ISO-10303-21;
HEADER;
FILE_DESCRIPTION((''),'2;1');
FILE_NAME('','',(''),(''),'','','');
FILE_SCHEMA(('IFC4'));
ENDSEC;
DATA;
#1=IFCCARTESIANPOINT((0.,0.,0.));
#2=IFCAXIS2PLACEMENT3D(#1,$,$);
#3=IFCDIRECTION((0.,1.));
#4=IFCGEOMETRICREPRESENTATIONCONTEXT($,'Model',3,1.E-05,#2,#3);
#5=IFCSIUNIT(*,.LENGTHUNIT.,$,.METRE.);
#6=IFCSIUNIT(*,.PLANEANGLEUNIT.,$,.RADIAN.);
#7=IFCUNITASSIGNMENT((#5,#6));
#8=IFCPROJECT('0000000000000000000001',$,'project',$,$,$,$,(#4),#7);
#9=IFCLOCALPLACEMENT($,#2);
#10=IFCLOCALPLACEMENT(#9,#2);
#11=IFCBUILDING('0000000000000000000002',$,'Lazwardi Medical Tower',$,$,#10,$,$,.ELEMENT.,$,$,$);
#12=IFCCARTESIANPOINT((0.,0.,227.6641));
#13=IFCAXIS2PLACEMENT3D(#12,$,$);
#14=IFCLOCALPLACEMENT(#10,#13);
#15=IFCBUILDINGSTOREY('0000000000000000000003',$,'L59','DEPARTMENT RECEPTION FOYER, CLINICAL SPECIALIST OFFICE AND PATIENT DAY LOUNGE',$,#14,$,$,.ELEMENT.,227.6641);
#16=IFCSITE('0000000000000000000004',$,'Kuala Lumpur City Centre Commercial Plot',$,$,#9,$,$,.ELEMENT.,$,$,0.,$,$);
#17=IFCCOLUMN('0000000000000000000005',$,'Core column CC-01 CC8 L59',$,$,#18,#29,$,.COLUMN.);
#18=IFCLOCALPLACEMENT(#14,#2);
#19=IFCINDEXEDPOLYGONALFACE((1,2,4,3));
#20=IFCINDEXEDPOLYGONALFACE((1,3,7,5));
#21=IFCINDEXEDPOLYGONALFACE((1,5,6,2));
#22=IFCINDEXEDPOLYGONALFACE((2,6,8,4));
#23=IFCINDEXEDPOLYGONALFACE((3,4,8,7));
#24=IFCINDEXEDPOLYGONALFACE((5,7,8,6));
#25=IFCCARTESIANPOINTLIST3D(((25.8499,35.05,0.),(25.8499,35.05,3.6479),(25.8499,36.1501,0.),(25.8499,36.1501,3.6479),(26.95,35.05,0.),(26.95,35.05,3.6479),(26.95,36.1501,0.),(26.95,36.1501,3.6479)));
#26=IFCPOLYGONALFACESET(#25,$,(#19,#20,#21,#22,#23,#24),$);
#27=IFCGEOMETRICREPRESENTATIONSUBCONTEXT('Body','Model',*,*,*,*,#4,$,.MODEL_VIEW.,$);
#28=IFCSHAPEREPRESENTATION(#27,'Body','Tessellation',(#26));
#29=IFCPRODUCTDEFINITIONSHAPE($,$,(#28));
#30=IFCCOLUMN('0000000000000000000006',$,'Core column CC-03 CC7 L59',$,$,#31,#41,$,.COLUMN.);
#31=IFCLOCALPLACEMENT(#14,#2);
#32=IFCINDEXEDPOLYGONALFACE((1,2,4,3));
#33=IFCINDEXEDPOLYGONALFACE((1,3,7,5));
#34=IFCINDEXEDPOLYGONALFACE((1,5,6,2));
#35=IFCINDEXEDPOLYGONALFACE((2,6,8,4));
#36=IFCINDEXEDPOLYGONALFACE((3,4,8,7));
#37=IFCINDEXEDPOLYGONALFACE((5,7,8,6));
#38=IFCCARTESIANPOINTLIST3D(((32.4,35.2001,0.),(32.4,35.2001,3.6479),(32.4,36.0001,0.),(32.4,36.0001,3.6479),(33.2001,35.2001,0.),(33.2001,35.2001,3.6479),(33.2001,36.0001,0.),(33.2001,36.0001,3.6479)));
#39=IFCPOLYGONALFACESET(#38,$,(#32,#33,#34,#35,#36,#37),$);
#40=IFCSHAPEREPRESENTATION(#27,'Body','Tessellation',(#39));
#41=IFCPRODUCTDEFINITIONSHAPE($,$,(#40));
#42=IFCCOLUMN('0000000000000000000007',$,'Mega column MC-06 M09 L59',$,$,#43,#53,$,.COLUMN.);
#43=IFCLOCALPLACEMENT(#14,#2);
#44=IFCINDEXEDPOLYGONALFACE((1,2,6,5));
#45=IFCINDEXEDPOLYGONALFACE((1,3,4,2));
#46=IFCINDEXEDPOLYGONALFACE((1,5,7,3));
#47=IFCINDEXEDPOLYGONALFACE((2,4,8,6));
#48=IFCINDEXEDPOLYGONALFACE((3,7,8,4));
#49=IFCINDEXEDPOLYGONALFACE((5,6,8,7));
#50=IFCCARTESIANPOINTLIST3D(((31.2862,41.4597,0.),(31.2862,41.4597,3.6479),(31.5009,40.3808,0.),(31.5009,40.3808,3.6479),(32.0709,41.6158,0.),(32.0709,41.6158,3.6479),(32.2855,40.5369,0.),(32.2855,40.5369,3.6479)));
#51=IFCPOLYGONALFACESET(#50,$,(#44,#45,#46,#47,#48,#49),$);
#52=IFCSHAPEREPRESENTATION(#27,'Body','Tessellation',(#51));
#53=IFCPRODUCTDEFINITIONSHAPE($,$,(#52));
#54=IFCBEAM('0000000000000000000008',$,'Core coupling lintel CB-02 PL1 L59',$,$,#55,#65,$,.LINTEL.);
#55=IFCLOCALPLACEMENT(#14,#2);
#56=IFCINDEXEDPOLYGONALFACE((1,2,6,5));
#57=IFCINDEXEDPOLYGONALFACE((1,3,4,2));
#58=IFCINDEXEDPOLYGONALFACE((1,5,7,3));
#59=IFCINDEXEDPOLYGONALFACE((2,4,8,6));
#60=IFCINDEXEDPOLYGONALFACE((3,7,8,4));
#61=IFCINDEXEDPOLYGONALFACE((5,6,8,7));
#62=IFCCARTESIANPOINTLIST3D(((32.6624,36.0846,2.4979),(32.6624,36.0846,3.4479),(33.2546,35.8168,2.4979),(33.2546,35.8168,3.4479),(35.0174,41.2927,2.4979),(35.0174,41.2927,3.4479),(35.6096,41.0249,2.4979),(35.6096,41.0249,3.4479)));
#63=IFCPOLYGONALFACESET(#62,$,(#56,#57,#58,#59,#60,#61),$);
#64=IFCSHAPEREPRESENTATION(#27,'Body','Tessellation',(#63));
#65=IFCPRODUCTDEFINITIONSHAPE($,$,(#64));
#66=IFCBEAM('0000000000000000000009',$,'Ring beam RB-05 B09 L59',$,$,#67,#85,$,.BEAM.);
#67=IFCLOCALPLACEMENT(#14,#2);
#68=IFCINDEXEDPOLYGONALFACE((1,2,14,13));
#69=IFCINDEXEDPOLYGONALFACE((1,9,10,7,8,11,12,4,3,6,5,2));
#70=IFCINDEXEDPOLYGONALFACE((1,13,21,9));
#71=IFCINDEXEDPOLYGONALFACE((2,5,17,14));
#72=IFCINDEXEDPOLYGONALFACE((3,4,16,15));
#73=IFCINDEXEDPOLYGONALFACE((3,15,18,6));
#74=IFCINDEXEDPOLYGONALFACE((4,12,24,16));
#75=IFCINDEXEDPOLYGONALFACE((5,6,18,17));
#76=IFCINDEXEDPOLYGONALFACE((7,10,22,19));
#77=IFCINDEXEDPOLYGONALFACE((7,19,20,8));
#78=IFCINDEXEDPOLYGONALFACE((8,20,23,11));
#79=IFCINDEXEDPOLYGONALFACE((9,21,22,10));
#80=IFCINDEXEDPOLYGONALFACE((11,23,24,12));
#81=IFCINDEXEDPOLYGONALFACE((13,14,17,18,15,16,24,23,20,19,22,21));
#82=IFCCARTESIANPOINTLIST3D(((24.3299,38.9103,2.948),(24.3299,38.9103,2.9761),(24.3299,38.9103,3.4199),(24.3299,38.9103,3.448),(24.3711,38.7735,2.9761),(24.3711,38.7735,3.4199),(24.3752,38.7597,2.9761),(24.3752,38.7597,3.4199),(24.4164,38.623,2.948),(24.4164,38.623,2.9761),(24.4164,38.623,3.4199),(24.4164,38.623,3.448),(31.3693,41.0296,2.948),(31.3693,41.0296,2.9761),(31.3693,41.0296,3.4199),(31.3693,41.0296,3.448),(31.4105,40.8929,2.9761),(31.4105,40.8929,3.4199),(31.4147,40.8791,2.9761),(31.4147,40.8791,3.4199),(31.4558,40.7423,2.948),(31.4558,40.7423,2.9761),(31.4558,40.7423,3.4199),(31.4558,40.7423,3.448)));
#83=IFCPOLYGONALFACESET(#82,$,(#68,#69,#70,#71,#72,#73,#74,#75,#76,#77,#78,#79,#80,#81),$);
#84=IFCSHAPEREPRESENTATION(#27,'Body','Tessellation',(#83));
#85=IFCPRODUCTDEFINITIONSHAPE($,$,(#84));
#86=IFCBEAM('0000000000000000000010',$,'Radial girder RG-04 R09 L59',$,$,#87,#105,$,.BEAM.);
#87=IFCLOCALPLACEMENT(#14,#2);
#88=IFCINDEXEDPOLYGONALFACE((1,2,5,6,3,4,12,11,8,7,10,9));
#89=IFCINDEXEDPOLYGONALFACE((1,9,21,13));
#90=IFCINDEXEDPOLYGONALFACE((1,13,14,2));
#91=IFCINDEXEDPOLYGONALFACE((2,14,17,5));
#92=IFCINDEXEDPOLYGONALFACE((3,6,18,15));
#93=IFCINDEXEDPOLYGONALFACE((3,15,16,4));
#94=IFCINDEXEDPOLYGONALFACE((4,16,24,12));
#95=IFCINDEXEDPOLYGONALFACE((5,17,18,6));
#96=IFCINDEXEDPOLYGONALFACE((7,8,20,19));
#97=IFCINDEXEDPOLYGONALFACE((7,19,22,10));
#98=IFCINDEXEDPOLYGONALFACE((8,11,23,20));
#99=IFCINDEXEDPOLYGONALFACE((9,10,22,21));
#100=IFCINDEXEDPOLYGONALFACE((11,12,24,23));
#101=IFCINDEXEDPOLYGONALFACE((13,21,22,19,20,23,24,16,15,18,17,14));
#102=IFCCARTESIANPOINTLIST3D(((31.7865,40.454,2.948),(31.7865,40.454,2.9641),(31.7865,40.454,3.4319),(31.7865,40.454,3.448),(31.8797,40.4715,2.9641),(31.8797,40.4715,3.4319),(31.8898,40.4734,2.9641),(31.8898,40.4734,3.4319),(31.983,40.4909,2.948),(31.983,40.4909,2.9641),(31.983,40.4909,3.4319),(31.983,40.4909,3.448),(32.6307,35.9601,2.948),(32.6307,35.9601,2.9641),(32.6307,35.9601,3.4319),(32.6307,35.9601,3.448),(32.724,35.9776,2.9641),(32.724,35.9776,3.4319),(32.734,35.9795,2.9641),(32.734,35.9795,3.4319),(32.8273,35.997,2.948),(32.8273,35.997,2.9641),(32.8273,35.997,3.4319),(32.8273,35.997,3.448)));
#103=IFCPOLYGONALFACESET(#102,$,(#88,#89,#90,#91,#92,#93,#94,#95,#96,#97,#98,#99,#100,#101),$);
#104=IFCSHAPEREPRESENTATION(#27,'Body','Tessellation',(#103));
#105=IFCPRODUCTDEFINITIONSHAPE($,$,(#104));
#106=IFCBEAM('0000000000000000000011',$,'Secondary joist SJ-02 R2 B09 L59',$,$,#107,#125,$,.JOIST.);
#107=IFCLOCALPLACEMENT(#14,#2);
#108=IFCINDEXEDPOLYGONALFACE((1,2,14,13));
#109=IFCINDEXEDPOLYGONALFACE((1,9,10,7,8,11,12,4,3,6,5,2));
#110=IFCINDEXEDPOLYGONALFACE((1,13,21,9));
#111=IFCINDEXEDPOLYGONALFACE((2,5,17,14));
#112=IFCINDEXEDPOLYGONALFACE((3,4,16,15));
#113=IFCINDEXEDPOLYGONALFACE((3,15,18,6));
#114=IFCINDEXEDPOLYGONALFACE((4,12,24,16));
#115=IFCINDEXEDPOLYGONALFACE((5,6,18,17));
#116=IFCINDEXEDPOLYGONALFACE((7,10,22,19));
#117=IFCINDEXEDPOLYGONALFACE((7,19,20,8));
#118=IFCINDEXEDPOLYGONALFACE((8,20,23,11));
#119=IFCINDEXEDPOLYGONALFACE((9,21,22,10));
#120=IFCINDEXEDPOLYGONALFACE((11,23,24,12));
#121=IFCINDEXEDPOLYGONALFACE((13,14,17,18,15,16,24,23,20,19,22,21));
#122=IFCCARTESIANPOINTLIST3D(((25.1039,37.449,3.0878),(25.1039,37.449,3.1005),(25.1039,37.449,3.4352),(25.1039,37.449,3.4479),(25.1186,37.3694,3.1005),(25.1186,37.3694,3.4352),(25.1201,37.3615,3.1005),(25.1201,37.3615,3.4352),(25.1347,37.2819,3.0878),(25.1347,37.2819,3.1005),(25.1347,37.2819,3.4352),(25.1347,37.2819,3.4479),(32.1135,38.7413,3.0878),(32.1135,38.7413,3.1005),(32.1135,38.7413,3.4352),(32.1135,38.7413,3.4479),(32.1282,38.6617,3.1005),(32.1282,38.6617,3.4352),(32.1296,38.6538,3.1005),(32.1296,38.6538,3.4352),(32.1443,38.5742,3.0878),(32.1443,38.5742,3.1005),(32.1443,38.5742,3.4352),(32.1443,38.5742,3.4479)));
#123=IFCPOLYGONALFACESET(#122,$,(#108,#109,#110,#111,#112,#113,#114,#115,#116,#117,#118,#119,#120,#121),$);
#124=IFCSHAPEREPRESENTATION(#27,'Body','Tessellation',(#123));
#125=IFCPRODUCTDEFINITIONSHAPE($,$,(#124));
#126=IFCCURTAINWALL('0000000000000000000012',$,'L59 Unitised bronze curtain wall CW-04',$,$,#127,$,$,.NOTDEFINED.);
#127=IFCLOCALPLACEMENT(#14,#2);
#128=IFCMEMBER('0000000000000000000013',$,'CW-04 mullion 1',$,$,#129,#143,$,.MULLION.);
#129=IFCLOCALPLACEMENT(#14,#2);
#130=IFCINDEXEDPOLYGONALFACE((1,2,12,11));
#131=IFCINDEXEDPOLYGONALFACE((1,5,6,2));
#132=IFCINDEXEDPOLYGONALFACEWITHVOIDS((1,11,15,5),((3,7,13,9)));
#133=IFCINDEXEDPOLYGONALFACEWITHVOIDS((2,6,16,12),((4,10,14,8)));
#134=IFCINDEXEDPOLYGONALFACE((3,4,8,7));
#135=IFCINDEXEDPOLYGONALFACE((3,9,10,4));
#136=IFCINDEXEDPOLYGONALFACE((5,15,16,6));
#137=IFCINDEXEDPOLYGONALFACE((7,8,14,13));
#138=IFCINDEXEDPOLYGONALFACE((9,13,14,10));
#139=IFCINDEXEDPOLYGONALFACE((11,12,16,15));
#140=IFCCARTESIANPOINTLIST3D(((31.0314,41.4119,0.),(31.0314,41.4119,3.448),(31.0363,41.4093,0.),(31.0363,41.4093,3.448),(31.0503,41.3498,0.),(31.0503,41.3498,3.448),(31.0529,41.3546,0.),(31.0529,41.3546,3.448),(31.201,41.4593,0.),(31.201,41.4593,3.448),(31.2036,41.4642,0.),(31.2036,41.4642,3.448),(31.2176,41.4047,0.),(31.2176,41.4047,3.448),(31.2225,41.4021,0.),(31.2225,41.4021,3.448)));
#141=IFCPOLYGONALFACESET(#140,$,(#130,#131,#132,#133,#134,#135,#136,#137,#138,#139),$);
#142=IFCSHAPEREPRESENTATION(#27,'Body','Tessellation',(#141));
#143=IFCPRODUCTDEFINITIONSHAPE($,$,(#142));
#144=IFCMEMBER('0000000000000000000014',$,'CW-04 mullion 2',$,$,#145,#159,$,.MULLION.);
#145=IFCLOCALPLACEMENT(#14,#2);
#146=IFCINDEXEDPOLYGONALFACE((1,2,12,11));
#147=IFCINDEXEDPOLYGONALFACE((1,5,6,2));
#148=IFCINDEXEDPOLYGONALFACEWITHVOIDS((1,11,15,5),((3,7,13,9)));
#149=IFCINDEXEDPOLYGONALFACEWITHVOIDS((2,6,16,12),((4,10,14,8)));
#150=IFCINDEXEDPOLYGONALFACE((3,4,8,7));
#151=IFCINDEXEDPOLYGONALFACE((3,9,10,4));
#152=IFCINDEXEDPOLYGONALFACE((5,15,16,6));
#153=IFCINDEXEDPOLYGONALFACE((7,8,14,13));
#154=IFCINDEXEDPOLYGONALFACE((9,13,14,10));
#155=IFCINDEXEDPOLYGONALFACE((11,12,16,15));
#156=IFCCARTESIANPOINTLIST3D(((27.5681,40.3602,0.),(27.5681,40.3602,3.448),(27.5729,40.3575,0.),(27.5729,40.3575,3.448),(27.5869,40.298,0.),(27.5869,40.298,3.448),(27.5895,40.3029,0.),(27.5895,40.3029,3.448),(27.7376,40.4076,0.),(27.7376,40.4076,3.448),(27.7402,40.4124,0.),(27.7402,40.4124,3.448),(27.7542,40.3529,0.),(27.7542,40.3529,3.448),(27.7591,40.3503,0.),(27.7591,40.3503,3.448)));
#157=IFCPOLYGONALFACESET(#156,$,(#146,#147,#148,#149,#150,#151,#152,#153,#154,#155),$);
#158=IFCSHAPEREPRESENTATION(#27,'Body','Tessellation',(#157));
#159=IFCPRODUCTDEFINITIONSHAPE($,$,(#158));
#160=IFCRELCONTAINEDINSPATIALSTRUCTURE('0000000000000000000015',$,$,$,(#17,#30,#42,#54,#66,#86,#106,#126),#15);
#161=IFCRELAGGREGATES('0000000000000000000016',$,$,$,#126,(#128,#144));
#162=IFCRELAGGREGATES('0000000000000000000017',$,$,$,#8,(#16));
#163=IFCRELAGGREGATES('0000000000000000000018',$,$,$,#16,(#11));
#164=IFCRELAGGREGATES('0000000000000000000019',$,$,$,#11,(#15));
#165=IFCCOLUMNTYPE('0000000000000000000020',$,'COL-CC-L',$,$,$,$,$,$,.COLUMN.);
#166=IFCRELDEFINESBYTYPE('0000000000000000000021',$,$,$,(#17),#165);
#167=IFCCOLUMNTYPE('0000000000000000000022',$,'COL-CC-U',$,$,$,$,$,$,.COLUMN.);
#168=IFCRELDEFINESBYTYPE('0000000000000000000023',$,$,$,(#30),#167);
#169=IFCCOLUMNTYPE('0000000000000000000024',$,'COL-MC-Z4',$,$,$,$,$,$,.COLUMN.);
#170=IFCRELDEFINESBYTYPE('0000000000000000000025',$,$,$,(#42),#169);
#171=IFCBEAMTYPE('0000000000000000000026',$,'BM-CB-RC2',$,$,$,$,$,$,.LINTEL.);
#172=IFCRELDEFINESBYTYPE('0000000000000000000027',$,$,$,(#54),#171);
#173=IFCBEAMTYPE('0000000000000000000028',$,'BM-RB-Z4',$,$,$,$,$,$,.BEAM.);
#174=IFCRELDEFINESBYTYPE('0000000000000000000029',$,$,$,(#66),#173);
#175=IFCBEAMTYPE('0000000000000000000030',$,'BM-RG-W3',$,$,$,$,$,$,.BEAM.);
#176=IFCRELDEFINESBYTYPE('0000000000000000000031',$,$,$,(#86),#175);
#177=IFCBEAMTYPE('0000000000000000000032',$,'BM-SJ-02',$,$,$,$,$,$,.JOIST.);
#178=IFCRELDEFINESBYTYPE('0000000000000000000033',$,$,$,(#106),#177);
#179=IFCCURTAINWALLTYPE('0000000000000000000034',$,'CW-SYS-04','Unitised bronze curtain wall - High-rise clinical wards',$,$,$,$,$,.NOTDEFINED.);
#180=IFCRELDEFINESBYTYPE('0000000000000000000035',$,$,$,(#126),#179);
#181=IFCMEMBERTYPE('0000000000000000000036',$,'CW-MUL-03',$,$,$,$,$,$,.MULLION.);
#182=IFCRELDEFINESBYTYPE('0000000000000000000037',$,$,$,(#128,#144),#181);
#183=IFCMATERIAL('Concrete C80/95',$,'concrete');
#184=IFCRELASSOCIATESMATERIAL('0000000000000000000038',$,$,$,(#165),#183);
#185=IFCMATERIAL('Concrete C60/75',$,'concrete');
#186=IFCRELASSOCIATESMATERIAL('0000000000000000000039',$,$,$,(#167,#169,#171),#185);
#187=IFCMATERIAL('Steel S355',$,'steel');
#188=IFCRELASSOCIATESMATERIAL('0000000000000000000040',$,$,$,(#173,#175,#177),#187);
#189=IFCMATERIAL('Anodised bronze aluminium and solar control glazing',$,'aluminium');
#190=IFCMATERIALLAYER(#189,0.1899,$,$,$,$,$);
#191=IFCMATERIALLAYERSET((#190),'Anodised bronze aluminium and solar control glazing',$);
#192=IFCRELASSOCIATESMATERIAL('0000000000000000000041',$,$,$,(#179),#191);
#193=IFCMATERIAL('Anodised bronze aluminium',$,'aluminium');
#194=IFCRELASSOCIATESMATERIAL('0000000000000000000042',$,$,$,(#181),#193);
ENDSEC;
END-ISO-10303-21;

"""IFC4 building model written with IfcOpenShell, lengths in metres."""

from ifc_helpers import new_model, si_unit, direction, frame, origin, origin_2d, place, context, subcontext, project, spatial, rectangle, hollow_rectangle, i_section, extrude, material, layer, layer_set, material_profile, profile_set, type_object, element, aggregate, save


model = new_model("IFC4")

# Units and contexts
model_context = context("Model", 3, precision=1e-05, world=origin(), true_north=direction((0.0, 1.0)))
body_context = subcontext(model_context, "Body", "Model", "MODEL_VIEW")
ifc_project = project(units=[si_unit("LENGTHUNIT", "METRE"), si_unit("PLANEANGLEUNIT", "RADIAN")], contexts=[model_context])

# Site, building, storey
site_placement = place(None, origin())
site = spatial("IfcSite", under=ifc_project, at=site_placement, Name="Kuala Lumpur City Centre Commercial Plot", CompositionType="ELEMENT", RefElevation=0.0)
building_placement = place(site_placement, origin())
building = spatial("IfcBuilding", under=site, at=building_placement, Name="Lazwardi Medical Tower", CompositionType="ELEMENT")
storey_placement = place(building_placement, frame((0.0, 0.0, 227.6641)))
storey = spatial("IfcBuildingStorey", under=building, at=storey_placement, Name="L59", Description="DEPARTMENT RECEPTION FOYER, CLINICAL SPECIALIST OFFICE AND PATIENT DAY LOUNGE", CompositionType="ELEMENT", Elevation=227.6641)

# Columns
ifc_material_1 = material(Name="Concrete C80/95", Category="concrete")
ifc_material_profile_1 = material_profile(ifc_material_1, rectangle(XDim=1.1001, YDim=1.1001, at=origin_2d()), Name="RC 1100x1100")
ifc_profile_set_1 = profile_set([ifc_material_profile_1], Name="Concrete C80/95")
column_type_1 = type_object("IfcColumnType", Name="COL-CC-L", PredefinedType="COLUMN", material=ifc_profile_set_1)
column_1_placement = place(storey_placement, frame((26.3999, 35.6001, 0.0), z_axis=(0.0, 0.0, 1.0), x_axis=(1.0, 0.0, 0.0)))
element("IfcColumn", 1, at=column_1_placement, inside=storey, type_object=column_type_1, Name="Core column CC-01 CC8 L59", PredefinedType="COLUMN", context=body_context, shape_type="SweptSolid", body=[
    extrude(rectangle(XDim=1.1001, YDim=1.1001, at=origin_2d()), origin(), (0.0, 0.0, 1.0), 3.6479),
])
ifc_material_2 = material(Name="Concrete C60/75", Category="concrete")
ifc_material_profile_2 = material_profile(ifc_material_2, rectangle(XDim=0.8, YDim=0.8, at=origin_2d()), Name="RC 800x800")
ifc_profile_set_2 = profile_set([ifc_material_profile_2], Name="Concrete C60/75")
column_type_2 = type_object("IfcColumnType", Name="COL-CC-U", PredefinedType="COLUMN", material=ifc_profile_set_2)
column_2_placement = place(storey_placement, frame((32.8, 35.6001, 0.0), z_axis=(0.0, 0.0, 1.0), x_axis=(1.0, 0.0, 0.0)))
element("IfcColumn", 2, at=column_2_placement, inside=storey, type_object=column_type_2, Name="Core column CC-03 CC7 L59", PredefinedType="COLUMN", context=body_context, shape_type="SweptSolid", body=[
    extrude(rectangle(XDim=0.8, YDim=0.8, at=origin_2d()), origin(), (0.0, 0.0, 1.0), 3.6479),
])
ifc_material_profile_3 = material_profile(ifc_material_2, rectangle(XDim=1.1001, YDim=0.8, at=origin_2d()), Name="CFT-RECT 1100x800")
ifc_profile_set_3 = profile_set([ifc_material_profile_3], Name="Concrete C60/75")
column_type_3 = type_object("IfcColumnType", Name="COL-MC-Z4", PredefinedType="COLUMN", material=ifc_profile_set_3)
column_3_placement = place(storey_placement, frame((31.7859, 40.9983, 0.0), z_axis=(0.0, 0.0, 1.0), x_axis=(-0.19509, 0.980785, 0.0)))
element("IfcColumn", 3, at=column_3_placement, inside=storey, type_object=column_type_3, Name="Mega column MC-06 M09 L59", PredefinedType="COLUMN", context=body_context, shape_type="SweptSolid", body=[
    extrude(rectangle(XDim=1.1001, YDim=0.8, at=origin_2d()), origin(), (0.0, 0.0, 1.0), 3.6479),
])

# Beams
ifc_material_profile_4 = material_profile(ifc_material_2, rectangle(XDim=0.6499, YDim=0.95, at=origin_2d()), Name="RC 650x950")
ifc_profile_set_4 = profile_set([ifc_material_profile_4], Name="Concrete C60/75")
beam_type_1 = type_object("IfcBeamType", Name="BM-CB-RC2", PredefinedType="LINTEL", material=ifc_profile_set_4)
beam_1_placement = place(storey_placement, frame((32.9585, 35.9507, 2.9729), z_axis=(0.412019, 0.911175, 0.0), x_axis=(-0.911175, 0.412019, 0.0)))
element("IfcBeam", 4, at=beam_1_placement, inside=storey, type_object=beam_type_1, Name="Core coupling lintel CB-02 PL1 L59", PredefinedType="LINTEL", context=body_context, shape_type="SweptSolid", body=[
    extrude(rectangle(XDim=0.6499, YDim=0.95, at=origin_2d()), origin(), (0.0, 0.0, 1.0), 5.7158),
])
ifc_material_3 = material(Name="Steel S355", Category="steel")
ifc_material_profile_5 = material_profile(ifc_material_3, i_section(OverallWidth=0.3, OverallDepth=0.5, WebThickness=0.0144, FlangeThickness=0.0281, at=origin_2d()), Name="HEB 500")
ifc_profile_set_5 = profile_set([ifc_material_profile_5], Name="Steel S355")
beam_type_2 = type_object("IfcBeamType", Name="BM-RB-Z4", PredefinedType="BEAM", material=ifc_profile_set_5)
beam_2_placement = place(storey_placement, frame((31.4126, 40.886, 3.198), z_axis=(-0.957544, -0.288286, 0.0), x_axis=(0.288286, -0.957544, 0.0)))
element("IfcBeam", 5, at=beam_2_placement, inside=storey, type_object=beam_type_2, Name="Ring beam RB-05 B09 L59", PredefinedType="BEAM", context=body_context, shape_type="SweptSolid", body=[
    extrude(i_section(OverallWidth=0.3, OverallDepth=0.5, WebThickness=0.0144, FlangeThickness=0.0281, at=origin_2d()), origin(), (0.0, 0.0, 1.0), 7.3516),
])
ifc_material_profile_6 = material_profile(ifc_material_3, i_section(OverallWidth=0.2, OverallDepth=0.5, WebThickness=0.0103, FlangeThickness=0.0161, at=origin_2d()), Name="IPE 500")
ifc_profile_set_6 = profile_set([ifc_material_profile_6], Name="Steel S355")
beam_type_3 = type_object("IfcBeamType", Name="BM-RG-W3", PredefinedType="BEAM", material=ifc_profile_set_6)
beam_3_placement = place(storey_placement, frame((31.8848, 40.4724, 3.198), z_axis=(0.184633, -0.982807, 0.0), x_axis=(0.982807, 0.184633, 0.0)))
element("IfcBeam", 6, at=beam_3_placement, inside=storey, type_object=beam_type_3, Name="Radial girder RG-04 R09 L59", PredefinedType="BEAM", context=body_context, shape_type="SweptSolid", body=[
    extrude(i_section(OverallWidth=0.2, OverallDepth=0.5, WebThickness=0.0103, FlangeThickness=0.0161, at=origin_2d()), origin(), (0.0, 0.0, 1.0), 4.5725),
])
ifc_material_profile_7 = material_profile(ifc_material_3, i_section(OverallWidth=0.1699, OverallDepth=0.3601, WebThickness=0.0081, FlangeThickness=0.0127, at=origin_2d()), Name="IPE 360")
ifc_profile_set_7 = profile_set([ifc_material_profile_7], Name="Steel S355")
beam_type_4 = type_object("IfcBeamType", Name="BM-SJ-02", PredefinedType="JOIST", material=ifc_profile_set_7)
beam_4_placement = place(storey_placement, frame((32.1289, 38.6577, 3.2678), z_axis=(-0.983428, -0.181299, 0.0), x_axis=(0.181299, -0.983428, 0.0)))
element("IfcBeam", 7, at=beam_4_placement, inside=storey, type_object=beam_type_4, Name="Secondary joist SJ-02 R2 B09 L59", PredefinedType="JOIST", context=body_context, shape_type="SweptSolid", body=[
    extrude(i_section(OverallWidth=0.1699, OverallDepth=0.3601, WebThickness=0.0081, FlangeThickness=0.0127, at=origin_2d()), origin(), (0.0, 0.0, 1.0), 7.1277),
])

# Curtain wall, members
ifc_material_4 = material(Name="Anodised bronze aluminium and solar control glazing", Category="aluminium")
ifc_layer_1 = layer(ifc_material_4, 0.1899)
ifc_layer_set_1 = layer_set([ifc_layer_1], Name="Anodised bronze aluminium and solar control glazing")
curtain_wall_type = type_object("IfcCurtainWallType", Name="CW-SYS-04", Description="Unitised bronze curtain wall - High-rise clinical wards", PredefinedType="NOTDEFINED", material=ifc_layer_set_1)
curtain_wall_placement = place(storey_placement, origin())
curtain_wall = element("IfcCurtainWall", 8, at=curtain_wall_placement, inside=storey, type_object=curtain_wall_type, Name="L59 Unitised bronze curtain wall CW-04", PredefinedType="NOTDEFINED")
ifc_material_5 = material(Name="Anodised bronze aluminium", Category="aluminium")
ifc_material_profile_8 = material_profile(ifc_material_5, hollow_rectangle(XDim=0.0649, YDim=0.1799, WallThickness=0.0039, at=origin_2d()), Name="ALU-MULLION 180x65x4")
ifc_profile_set_8 = profile_set([ifc_material_profile_8], Name="Anodised bronze aluminium")
member_type_1 = type_object("IfcMemberType", Name="CW-MUL-03", PredefinedType="MULLION", material=ifc_profile_set_8)
member_1_placement = place(storey_placement, frame((31.127, 41.407, 0.0), z_axis=(0.0, 0.0, 1.0), x_axis=(0.290582, -0.95685, 0.0)))
member_1 = element("IfcMember", 9, at=member_1_placement, type_object=member_type_1, Name="CW-04 mullion 1", PredefinedType="MULLION", context=body_context, shape_type="SweptSolid", body=[
    extrude(hollow_rectangle(XDim=0.0649, YDim=0.1799, WallThickness=0.0039, at=origin_2d()), origin(), (0.0, 0.0, 1.0), 3.448),
])
member_2_placement = place(storey_placement, frame((27.6636, 40.3552, 0.0), z_axis=(0.0, 0.0, 1.0), x_axis=(0.290582, -0.95685, 0.0)))
member_2 = element("IfcMember", 10, at=member_2_placement, type_object=member_type_1, Name="CW-04 mullion 2", PredefinedType="MULLION", context=body_context, shape_type="SweptSolid", body=[
    extrude(hollow_rectangle(XDim=0.0649, YDim=0.1799, WallThickness=0.0039, at=origin_2d()), origin(), (0.0, 0.0, 1.0), 3.448),
])
aggregate(curtain_wall, [member_1, member_2])

save(model, "model.ifc")
